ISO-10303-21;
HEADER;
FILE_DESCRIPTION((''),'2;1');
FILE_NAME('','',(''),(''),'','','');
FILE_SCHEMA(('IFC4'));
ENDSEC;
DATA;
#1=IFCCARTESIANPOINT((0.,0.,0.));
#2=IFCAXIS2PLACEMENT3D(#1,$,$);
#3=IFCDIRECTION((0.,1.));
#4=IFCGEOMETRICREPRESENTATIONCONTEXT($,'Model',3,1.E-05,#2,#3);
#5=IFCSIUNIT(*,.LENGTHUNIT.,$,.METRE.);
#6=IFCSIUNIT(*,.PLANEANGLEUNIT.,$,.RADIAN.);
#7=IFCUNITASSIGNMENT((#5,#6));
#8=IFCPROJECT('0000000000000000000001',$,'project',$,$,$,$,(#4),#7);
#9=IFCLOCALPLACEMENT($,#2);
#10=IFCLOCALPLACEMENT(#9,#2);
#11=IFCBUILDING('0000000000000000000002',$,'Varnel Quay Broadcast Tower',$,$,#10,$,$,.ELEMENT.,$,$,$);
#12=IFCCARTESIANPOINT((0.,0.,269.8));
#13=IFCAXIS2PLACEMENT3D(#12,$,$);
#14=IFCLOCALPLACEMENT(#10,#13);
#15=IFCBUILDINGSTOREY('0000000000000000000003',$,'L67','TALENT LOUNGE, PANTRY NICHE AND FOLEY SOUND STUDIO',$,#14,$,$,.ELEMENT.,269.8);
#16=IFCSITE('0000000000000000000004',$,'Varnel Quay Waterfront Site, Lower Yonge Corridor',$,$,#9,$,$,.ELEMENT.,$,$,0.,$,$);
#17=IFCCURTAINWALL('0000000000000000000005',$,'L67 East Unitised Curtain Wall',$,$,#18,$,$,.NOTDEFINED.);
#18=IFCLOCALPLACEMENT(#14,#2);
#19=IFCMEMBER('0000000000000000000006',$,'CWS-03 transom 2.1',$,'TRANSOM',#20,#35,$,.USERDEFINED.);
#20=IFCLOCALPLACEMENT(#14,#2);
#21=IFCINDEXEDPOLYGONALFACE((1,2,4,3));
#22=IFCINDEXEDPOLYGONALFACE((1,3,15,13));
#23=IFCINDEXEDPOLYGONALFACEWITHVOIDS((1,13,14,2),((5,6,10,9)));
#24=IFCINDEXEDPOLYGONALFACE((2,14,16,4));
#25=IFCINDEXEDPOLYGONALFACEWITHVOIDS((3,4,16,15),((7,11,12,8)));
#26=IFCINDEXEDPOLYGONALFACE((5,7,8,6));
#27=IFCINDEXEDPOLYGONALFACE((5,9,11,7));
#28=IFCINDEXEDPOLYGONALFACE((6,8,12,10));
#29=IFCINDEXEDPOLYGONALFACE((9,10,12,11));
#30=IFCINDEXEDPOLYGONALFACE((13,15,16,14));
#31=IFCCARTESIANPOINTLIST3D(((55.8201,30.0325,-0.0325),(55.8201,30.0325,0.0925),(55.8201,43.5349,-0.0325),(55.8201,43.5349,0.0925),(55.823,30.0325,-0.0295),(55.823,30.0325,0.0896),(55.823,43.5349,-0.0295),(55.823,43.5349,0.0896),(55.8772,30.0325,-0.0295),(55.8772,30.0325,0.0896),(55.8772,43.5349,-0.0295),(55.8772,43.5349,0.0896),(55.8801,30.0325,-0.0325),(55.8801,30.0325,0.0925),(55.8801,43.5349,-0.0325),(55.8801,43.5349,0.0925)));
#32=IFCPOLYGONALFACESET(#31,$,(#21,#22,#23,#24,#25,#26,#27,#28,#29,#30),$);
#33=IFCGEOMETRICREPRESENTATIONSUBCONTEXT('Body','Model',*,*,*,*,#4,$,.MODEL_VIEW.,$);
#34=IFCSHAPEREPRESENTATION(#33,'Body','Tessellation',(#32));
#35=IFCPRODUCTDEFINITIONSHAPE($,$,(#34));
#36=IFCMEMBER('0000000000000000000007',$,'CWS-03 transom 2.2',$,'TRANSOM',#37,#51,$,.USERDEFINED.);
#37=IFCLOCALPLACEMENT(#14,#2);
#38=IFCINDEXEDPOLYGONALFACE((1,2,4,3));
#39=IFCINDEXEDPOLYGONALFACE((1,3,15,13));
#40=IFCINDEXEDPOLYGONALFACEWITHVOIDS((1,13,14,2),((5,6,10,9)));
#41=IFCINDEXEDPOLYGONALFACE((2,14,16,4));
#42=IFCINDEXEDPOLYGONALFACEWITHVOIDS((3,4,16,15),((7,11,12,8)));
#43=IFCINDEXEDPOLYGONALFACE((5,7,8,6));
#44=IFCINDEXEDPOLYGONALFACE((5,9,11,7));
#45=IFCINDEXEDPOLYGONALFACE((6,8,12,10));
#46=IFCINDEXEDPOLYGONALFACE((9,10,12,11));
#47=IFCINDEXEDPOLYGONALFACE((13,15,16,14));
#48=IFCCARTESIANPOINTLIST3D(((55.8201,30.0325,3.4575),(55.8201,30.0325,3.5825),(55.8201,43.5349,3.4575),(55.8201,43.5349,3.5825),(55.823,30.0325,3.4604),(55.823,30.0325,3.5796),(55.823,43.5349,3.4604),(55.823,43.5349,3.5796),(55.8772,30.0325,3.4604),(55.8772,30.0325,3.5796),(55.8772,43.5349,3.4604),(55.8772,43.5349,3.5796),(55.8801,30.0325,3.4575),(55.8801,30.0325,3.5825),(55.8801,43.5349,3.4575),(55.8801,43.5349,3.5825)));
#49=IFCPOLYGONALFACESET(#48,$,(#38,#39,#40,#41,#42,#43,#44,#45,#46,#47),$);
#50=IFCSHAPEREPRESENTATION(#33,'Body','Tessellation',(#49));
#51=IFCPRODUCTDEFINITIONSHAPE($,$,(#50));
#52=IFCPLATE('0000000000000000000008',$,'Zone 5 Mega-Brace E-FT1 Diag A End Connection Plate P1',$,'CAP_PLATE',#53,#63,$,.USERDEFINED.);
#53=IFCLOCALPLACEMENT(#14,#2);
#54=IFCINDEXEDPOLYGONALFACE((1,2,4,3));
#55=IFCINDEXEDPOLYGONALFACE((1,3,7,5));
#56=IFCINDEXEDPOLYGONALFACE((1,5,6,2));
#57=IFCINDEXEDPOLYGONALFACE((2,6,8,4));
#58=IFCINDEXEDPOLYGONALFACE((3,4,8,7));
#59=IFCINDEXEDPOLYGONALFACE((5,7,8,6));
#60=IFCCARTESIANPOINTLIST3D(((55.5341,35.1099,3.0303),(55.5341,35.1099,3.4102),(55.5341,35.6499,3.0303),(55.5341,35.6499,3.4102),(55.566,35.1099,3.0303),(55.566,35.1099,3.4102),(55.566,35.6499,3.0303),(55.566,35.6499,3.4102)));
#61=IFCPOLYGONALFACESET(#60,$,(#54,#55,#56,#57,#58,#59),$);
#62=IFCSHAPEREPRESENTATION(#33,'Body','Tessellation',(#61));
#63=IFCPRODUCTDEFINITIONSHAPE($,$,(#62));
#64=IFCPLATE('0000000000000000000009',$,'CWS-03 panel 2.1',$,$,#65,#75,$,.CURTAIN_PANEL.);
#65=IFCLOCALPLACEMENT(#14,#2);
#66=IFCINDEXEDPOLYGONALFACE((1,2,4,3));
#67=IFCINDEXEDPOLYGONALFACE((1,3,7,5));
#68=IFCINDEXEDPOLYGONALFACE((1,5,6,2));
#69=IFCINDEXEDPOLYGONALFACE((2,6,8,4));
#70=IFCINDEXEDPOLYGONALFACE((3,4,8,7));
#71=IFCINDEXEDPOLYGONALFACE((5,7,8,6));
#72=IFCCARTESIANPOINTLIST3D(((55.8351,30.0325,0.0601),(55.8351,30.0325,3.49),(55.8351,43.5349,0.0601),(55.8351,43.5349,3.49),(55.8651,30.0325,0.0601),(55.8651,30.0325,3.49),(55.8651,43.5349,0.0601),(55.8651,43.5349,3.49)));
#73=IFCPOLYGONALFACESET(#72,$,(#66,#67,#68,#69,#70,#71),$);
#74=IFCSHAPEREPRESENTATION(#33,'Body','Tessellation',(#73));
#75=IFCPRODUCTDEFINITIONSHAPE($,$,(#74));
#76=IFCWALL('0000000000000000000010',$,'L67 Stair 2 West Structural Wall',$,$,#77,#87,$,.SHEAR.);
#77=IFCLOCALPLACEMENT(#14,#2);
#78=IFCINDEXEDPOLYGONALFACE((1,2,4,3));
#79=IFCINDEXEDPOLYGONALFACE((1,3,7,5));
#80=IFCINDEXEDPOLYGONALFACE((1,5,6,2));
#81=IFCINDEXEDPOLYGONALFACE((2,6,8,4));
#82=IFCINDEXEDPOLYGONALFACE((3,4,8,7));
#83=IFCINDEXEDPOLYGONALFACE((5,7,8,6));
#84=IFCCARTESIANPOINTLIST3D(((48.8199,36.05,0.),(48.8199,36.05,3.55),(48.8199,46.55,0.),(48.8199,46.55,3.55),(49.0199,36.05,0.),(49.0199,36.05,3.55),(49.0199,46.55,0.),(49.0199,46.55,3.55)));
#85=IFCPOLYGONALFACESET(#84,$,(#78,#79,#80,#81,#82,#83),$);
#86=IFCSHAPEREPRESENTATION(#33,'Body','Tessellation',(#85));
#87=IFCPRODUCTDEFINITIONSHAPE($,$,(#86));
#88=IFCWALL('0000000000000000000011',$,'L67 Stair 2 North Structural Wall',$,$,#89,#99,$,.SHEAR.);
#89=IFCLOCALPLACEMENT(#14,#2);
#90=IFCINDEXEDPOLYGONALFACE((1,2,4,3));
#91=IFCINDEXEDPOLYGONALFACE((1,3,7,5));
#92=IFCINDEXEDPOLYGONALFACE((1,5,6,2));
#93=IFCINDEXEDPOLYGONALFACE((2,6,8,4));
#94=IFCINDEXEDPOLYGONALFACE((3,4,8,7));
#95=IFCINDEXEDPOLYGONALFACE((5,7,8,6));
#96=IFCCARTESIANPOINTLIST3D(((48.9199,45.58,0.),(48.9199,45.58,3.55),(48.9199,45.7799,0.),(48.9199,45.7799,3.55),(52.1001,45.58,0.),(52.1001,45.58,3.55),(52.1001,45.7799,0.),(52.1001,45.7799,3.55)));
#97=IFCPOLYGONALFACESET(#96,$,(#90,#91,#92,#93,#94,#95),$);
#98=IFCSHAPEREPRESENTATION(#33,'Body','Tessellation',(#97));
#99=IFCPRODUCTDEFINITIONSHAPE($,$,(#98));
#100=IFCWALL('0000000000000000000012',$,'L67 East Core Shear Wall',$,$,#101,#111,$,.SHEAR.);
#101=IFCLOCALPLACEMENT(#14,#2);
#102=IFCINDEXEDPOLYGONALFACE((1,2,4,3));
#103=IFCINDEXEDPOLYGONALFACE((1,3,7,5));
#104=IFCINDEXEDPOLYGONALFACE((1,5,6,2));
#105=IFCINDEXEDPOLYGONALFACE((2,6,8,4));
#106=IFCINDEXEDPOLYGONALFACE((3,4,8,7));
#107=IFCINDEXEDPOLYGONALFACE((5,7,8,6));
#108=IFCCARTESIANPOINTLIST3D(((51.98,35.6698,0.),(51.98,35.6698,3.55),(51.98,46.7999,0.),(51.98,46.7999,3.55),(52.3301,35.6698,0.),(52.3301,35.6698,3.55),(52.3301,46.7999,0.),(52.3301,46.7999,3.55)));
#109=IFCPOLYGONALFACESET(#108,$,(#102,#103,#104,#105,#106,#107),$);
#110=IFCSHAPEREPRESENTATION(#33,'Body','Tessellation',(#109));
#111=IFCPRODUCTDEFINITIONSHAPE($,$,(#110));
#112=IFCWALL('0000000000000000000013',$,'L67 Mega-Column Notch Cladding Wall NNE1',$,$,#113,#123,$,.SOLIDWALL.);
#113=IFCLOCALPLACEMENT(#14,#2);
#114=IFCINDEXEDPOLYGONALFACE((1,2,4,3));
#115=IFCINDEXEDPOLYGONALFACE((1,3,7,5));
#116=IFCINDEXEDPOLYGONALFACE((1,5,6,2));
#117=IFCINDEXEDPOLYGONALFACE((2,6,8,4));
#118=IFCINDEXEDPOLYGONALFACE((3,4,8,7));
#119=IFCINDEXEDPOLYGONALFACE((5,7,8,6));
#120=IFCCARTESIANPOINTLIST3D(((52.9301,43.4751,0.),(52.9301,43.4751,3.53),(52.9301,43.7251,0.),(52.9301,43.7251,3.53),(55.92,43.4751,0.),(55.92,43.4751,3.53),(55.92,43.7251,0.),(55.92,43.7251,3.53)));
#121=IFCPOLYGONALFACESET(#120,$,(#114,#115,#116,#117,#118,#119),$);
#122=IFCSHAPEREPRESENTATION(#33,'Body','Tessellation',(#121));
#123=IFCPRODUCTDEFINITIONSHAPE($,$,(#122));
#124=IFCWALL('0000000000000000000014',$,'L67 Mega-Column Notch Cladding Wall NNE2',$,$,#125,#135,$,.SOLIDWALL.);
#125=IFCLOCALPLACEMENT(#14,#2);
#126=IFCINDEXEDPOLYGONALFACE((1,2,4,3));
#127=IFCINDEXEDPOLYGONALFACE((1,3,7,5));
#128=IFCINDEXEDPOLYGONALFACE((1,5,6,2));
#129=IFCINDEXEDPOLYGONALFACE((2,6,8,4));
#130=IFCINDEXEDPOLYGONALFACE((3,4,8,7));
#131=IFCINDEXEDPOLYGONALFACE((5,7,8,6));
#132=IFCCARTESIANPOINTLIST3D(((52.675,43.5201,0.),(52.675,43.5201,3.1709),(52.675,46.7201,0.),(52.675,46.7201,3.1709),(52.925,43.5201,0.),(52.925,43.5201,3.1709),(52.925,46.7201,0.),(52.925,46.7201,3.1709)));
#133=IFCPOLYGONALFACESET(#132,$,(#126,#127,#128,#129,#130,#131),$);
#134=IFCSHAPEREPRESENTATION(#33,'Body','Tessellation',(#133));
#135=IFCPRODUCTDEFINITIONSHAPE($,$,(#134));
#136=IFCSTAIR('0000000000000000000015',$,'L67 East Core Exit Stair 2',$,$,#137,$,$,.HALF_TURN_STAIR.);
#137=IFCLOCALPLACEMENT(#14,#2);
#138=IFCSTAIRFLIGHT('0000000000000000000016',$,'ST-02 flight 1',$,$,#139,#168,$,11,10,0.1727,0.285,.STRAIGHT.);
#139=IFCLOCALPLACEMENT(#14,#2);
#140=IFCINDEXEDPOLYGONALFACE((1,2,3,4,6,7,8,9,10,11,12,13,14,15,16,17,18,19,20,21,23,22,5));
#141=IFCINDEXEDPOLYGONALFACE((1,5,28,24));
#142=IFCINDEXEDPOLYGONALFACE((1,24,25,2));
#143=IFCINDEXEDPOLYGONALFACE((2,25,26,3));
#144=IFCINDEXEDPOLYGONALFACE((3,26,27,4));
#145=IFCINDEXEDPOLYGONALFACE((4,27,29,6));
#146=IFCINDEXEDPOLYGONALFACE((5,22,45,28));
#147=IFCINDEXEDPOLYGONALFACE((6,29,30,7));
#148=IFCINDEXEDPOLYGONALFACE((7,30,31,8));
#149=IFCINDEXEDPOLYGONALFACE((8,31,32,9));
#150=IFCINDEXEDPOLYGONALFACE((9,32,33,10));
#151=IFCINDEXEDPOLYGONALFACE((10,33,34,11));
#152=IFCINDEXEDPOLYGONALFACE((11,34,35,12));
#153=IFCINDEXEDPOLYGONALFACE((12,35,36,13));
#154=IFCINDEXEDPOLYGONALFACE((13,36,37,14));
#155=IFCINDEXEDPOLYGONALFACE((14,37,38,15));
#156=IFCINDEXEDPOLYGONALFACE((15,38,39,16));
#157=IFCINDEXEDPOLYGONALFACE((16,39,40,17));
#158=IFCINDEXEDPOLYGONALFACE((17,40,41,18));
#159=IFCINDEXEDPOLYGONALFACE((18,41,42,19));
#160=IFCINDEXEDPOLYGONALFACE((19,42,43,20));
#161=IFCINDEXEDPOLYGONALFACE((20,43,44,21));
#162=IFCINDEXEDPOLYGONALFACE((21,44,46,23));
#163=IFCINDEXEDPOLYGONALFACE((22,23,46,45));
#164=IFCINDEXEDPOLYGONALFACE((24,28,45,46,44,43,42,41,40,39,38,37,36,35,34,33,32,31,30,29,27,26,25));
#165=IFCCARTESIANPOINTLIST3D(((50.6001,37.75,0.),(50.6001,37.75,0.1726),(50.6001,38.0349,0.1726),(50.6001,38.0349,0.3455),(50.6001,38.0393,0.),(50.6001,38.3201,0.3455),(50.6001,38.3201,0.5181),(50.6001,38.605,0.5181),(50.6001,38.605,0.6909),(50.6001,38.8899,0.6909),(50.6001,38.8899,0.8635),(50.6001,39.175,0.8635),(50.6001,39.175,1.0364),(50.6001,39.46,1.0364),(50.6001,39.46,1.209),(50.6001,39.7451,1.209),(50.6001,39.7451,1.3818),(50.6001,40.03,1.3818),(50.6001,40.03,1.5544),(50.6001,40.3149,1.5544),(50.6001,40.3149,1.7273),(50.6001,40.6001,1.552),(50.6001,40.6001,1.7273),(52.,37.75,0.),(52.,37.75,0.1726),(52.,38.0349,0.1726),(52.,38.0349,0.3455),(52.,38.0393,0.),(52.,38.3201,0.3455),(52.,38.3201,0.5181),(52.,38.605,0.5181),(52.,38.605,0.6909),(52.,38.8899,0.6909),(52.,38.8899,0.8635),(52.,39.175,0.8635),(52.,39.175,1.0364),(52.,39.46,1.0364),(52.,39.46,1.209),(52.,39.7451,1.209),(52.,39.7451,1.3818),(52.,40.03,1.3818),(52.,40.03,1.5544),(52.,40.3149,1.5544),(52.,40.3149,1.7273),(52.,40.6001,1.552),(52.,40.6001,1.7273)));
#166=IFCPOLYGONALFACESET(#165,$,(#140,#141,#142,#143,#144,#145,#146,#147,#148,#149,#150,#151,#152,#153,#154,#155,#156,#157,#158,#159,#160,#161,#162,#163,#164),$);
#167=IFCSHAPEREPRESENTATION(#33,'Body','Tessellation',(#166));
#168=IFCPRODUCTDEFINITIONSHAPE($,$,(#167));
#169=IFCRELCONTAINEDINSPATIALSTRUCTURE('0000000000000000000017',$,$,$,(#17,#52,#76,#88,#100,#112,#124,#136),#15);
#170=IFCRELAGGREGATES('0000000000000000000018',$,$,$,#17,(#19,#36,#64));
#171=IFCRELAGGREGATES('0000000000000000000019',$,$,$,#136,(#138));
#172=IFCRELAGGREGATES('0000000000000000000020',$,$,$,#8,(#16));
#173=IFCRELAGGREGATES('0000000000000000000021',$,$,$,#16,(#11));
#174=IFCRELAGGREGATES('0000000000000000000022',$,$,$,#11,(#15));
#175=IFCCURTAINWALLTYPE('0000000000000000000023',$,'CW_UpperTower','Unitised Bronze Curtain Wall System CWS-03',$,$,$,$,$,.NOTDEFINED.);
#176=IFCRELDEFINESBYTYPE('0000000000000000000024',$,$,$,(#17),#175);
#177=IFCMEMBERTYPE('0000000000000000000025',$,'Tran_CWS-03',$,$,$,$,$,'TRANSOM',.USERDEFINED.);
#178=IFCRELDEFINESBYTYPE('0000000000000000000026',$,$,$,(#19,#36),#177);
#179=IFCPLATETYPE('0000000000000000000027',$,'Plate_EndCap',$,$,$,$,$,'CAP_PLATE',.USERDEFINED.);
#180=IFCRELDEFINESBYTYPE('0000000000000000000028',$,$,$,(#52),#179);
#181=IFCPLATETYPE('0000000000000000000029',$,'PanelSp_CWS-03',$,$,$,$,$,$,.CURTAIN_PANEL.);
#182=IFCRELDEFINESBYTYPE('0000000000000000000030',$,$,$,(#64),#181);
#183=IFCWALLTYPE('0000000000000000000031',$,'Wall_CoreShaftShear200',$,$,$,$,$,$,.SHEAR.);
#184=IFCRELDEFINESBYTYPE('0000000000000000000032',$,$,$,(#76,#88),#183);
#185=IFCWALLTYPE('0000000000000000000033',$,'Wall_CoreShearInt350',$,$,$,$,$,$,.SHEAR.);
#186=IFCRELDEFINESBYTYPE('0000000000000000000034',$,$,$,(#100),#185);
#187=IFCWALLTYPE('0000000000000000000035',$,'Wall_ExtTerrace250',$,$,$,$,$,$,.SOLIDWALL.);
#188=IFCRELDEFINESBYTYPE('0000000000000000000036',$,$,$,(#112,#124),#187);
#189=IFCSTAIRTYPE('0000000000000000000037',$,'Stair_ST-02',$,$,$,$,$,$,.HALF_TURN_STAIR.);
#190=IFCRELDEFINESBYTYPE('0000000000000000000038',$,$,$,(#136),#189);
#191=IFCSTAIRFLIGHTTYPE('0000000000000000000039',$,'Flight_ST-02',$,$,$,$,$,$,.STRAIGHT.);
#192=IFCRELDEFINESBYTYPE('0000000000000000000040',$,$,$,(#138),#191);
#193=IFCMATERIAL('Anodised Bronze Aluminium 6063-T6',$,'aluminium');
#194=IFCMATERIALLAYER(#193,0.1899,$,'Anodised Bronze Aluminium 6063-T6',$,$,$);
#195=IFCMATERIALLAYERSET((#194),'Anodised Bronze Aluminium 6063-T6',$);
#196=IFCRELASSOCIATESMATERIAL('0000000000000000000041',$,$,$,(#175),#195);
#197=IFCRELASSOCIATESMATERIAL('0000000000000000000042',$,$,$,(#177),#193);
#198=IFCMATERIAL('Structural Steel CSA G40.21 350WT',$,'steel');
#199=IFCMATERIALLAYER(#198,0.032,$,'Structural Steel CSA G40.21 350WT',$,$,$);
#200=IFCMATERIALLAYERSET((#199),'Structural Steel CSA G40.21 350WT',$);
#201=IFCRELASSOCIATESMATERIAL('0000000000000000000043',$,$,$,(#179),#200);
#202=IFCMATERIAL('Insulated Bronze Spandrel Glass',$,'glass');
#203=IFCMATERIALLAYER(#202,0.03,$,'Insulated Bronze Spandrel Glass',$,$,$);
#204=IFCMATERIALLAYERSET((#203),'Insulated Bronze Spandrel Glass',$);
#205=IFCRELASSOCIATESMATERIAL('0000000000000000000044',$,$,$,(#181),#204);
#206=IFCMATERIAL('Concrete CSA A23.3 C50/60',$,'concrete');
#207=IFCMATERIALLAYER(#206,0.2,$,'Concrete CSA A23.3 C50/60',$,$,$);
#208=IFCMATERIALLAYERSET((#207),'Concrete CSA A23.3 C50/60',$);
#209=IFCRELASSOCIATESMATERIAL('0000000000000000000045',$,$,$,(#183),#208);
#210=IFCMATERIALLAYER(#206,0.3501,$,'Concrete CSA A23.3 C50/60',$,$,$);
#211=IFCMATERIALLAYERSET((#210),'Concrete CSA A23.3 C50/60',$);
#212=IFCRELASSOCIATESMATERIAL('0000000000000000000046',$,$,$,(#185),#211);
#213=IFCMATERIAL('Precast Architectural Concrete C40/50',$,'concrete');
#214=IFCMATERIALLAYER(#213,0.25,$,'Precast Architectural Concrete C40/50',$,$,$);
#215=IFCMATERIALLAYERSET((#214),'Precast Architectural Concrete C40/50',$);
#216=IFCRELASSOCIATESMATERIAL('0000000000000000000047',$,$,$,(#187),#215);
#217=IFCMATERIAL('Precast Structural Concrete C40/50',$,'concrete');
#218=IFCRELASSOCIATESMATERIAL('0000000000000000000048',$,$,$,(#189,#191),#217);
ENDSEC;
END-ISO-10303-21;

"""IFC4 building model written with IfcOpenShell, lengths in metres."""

from ifc_helpers import new_model, si_unit, direction, frame, frame_2d, origin, origin_2d, place, context, subcontext, project, spatial, polyline, rectangle, hollow_rectangle, outline, extrude, source, transform, mapped, material, layer, layer_set, material_profile, profile_set, type_object, type_shapes, element, aggregate, save


model = new_model("IFC4")

# Units and contexts
model_context = context("Model", 3, precision=1e-05, world=origin(), true_north=direction((0.0, 1.0)))
body_context = subcontext(model_context, "Body", "Model", "MODEL_VIEW")
ifc_project = project(units=[si_unit("LENGTHUNIT", "METRE"), si_unit("PLANEANGLEUNIT", "RADIAN")], contexts=[model_context])

# Site, building, storey
site_placement = place(None, origin())
site = spatial("IfcSite", under=ifc_project, at=site_placement, Name="Varnel Quay Waterfront Site, Lower Yonge Corridor", CompositionType="ELEMENT", RefElevation=0.0)
building_placement = place(site_placement, origin())
building = spatial("IfcBuilding", under=site, at=building_placement, Name="Varnel Quay Broadcast Tower", CompositionType="ELEMENT")
storey_placement = place(building_placement, frame((0.0, 0.0, 269.8)))
storey = spatial("IfcBuildingStorey", under=building, at=storey_placement, Name="L67", Description="TALENT LOUNGE, PANTRY NICHE AND FOLEY SOUND STUDIO", CompositionType="ELEMENT", Elevation=269.8)

# Shared definitions
ifc_material_1 = material(Name="Structural Steel CSA G40.21 350WT", Category="steel")

# Curtain wall, members
ifc_material_2 = material(Name="Anodised Bronze Aluminium 6063-T6", Category="aluminium")
ifc_layer_1 = layer(ifc_material_2, 0.1899, Name="Anodised Bronze Aluminium 6063-T6")
ifc_layer_set_1 = layer_set([ifc_layer_1], Name="Anodised Bronze Aluminium 6063-T6")
curtain_wall_type = type_object("IfcCurtainWallType", Name="CW_UpperTower", Description="Unitised Bronze Curtain Wall System CWS-03", PredefinedType="NOTDEFINED", material=ifc_layer_set_1)
curtain_wall_placement = place(storey_placement, origin())
curtain_wall = element("IfcCurtainWall", 1, at=curtain_wall_placement, inside=storey, type_object=curtain_wall_type, Name="L67 East Unitised Curtain Wall", PredefinedType="NOTDEFINED")
ifc_material_profile_1 = material_profile(ifc_material_2, hollow_rectangle(XDim=0.0601, YDim=0.125, WallThickness=0.0029, at=origin_2d()), Name="ALU60X125X3")
ifc_profile_set_1 = profile_set([ifc_material_profile_1], Name="Anodised Bronze Aluminium 6063-T6")
member_type_1 = type_object("IfcMemberType", Name="Tran_CWS-03", ElementType="TRANSOM", PredefinedType="USERDEFINED", material=ifc_profile_set_1)
shared_shape_1 = source(origin(), body_context, "Body", "SweptSolid", [
    extrude(hollow_rectangle(XDim=0.0601, YDim=0.125, WallThickness=0.0029, at=origin_2d()), origin(), (0.0, 0.0, 1.0), 13.5024),
])
type_shapes(member_type_1, [shared_shape_1])
member_1_placement = place(storey_placement, frame((55.8501, 30.0325, 0.03), z_axis=(0.0, 1.0, 0.0), x_axis=(-1.0, 0.0, 0.0)))
member_1 = element("IfcMember", 2, at=member_1_placement, type_object=member_type_1, Name="CWS-03 transom 2.1", ObjectType="TRANSOM", PredefinedType="USERDEFINED", context=body_context, shape_type="MappedRepresentation", body=[
    mapped(shared_shape_1, transform((0.0, 0.0, 0.0), x_axis=(1.0, 0.0, 0.0), y_axis=(0.0, 1.0, 0.0), z_axis=(0.0, 0.0, 1.0), scale=1.0)),
])
member_2_placement = place(storey_placement, frame((55.8501, 30.0325, 3.52), z_axis=(0.0, 1.0, 0.0), x_axis=(-1.0, 0.0, 0.0)))
member_2 = element("IfcMember", 3, at=member_2_placement, type_object=member_type_1, Name="CWS-03 transom 2.2", ObjectType="TRANSOM", PredefinedType="USERDEFINED", context=body_context, shape_type="MappedRepresentation", body=[
    mapped(shared_shape_1, transform((0.0, 0.0, 0.0), x_axis=(1.0, 0.0, 0.0), y_axis=(0.0, 1.0, 0.0), z_axis=(0.0, 0.0, 1.0), scale=1.0)),
])

# Plates
ifc_layer_2 = layer(ifc_material_1, 0.032, Name="Structural Steel CSA G40.21 350WT")
ifc_layer_set_2 = layer_set([ifc_layer_2], Name="Structural Steel CSA G40.21 350WT")
plate_type_1 = type_object("IfcPlateType", Name="Plate_EndCap", ElementType="CAP_PLATE", PredefinedType="USERDEFINED", material=ifc_layer_set_2)
shared_shape_2 = source(origin(), body_context, "Body", "SweptSolid", [
    extrude(rectangle(XDim=0.54, YDim=0.032, at=origin_2d()), origin(), (0.0, 0.0, 1.0), 0.3799),
])
type_shapes(plate_type_1, [shared_shape_2])
plate_1_placement = place(storey_placement, frame((55.55, 35.3799, 3.0303), z_axis=(0.0, 0.0, 1.0), x_axis=(0.0, 1.0, 0.0)))
element("IfcPlate", 4, at=plate_1_placement, inside=storey, type_object=plate_type_1, Name="Zone 5 Mega-Brace E-FT1 Diag A End Connection Plate P1", ObjectType="CAP_PLATE", PredefinedType="USERDEFINED", context=body_context, shape_type="MappedRepresentation", body=[
    mapped(shared_shape_2, transform((0.0, 0.0, 0.0), x_axis=(1.0, 0.0, 0.0), y_axis=(0.0, 1.0, 0.0), z_axis=(0.0, 0.0, 1.0), scale=1.0)),
])
ifc_material_3 = material(Name="Insulated Bronze Spandrel Glass", Category="glass")
ifc_layer_3 = layer(ifc_material_3, 0.03, Name="Insulated Bronze Spandrel Glass")
ifc_layer_set_3 = layer_set([ifc_layer_3], Name="Insulated Bronze Spandrel Glass")
plate_type_2 = type_object("IfcPlateType", Name="PanelSp_CWS-03", PredefinedType="CURTAIN_PANEL", material=ifc_layer_set_3)
shared_shape_3 = source(origin(), body_context, "Body", "SweptSolid", [
    extrude(rectangle(XDim=13.5024, YDim=0.03, at=origin_2d()), origin(), (0.0, 0.0, 1.0), 3.4299),
])
type_shapes(plate_type_2, [shared_shape_3])
plate_2_placement = place(storey_placement, frame((55.8501, 36.7837, 0.0601), z_axis=(0.0, 0.0, 1.0), x_axis=(0.0, 1.0, 0.0)))
plate_2 = element("IfcPlate", 5, at=plate_2_placement, type_object=plate_type_2, Name="CWS-03 panel 2.1", PredefinedType="CURTAIN_PANEL", context=body_context, shape_type="MappedRepresentation", body=[
    mapped(shared_shape_3, transform((0.0, 0.0, 0.0), x_axis=(1.0, 0.0, 0.0), y_axis=(0.0, 1.0, 0.0), z_axis=(0.0, 0.0, 1.0), scale=1.0)),
])
aggregate(curtain_wall, [member_1, member_2, plate_2])

# Walls
ifc_material_4 = material(Name="Concrete CSA A23.3 C50/60", Category="concrete")
ifc_layer_4 = layer(ifc_material_4, 0.2, Name="Concrete CSA A23.3 C50/60")
ifc_layer_set_4 = layer_set([ifc_layer_4], Name="Concrete CSA A23.3 C50/60")
wall_type_1 = type_object("IfcWallType", Name="Wall_CoreShaftShear200", PredefinedType="SHEAR", material=ifc_layer_set_4)
wall_1_placement = place(storey_placement, frame((48.9199, 36.05, 0.0), z_axis=(0.0, 0.0, 1.0), x_axis=(0.0, 1.0, 0.0)))
element("IfcWall", 6, at=wall_1_placement, inside=storey, type_object=wall_type_1, Name="L67 Stair 2 West Structural Wall", PredefinedType="SHEAR", context=body_context, shape_type="SweptSolid", body=[
    extrude(rectangle(XDim=10.5, YDim=0.2, at=frame_2d((5.25, 0.0))), origin(), (0.0, 0.0, 1.0), 3.55),
])
wall_2_placement = place(storey_placement, frame((48.9199, 45.6799, 0.0), z_axis=(0.0, 0.0, 1.0), x_axis=(1.0, 0.0, 0.0)))
element("IfcWall", 7, at=wall_2_placement, inside=storey, type_object=wall_type_1, Name="L67 Stair 2 North Structural Wall", PredefinedType="SHEAR", context=body_context, shape_type="SweptSolid", body=[
    extrude(rectangle(XDim=3.1802, YDim=0.2, at=frame_2d((1.5901, 0.0))), origin(), (0.0, 0.0, 1.0), 3.55),
])
ifc_layer_5 = layer(ifc_material_4, 0.3501, Name="Concrete CSA A23.3 C50/60")
ifc_layer_set_5 = layer_set([ifc_layer_5], Name="Concrete CSA A23.3 C50/60")
wall_type_2 = type_object("IfcWallType", Name="Wall_CoreShearInt350", PredefinedType="SHEAR", material=ifc_layer_set_5)
wall_3_placement = place(storey_placement, frame((52.155, 35.6699, 0.0), z_axis=(0.0, 0.0, 1.0), x_axis=(0.0, 1.0, 0.0)))
element("IfcWall", 8, at=wall_3_placement, inside=storey, type_object=wall_type_2, Name="L67 East Core Shear Wall", PredefinedType="SHEAR", context=body_context, shape_type="SweptSolid", body=[
    extrude(rectangle(XDim=11.1301, YDim=0.3501, at=frame_2d((5.5649, 0.0))), origin(), (0.0, 0.0, 1.0), 3.55),
])
ifc_material_5 = material(Name="Precast Architectural Concrete C40/50", Category="concrete")
ifc_layer_6 = layer(ifc_material_5, 0.25, Name="Precast Architectural Concrete C40/50")
ifc_layer_set_6 = layer_set([ifc_layer_6], Name="Precast Architectural Concrete C40/50")
wall_type_3 = type_object("IfcWallType", Name="Wall_ExtTerrace250", PredefinedType="SOLIDWALL", material=ifc_layer_set_6)
wall_4_placement = place(storey_placement, frame((52.9299, 43.6001, 0.0), z_axis=(0.0, 0.0, 1.0), x_axis=(1.0, 0.0, 0.0)))
element("IfcWall", 9, at=wall_4_placement, inside=storey, type_object=wall_type_3, Name="L67 Mega-Column Notch Cladding Wall NNE1", PredefinedType="SOLIDWALL", context=body_context, shape_type="SweptSolid", body=[
    extrude(rectangle(XDim=2.99, YDim=0.25, at=frame_2d((1.4951, 0.0))), origin(), (0.0, 0.0, 1.0), 3.53),
])
wall_5_placement = place(storey_placement, frame((52.8, 43.52, 0.0), z_axis=(0.0, 0.0, 1.0), x_axis=(0.0, 1.0, 0.0)))
element("IfcWall", 10, at=wall_5_placement, inside=storey, type_object=wall_type_3, Name="L67 Mega-Column Notch Cladding Wall NNE2", PredefinedType="SOLIDWALL", context=body_context, shape_type="SweptSolid", body=[
    extrude(rectangle(XDim=3.2, YDim=0.25, at=frame_2d((1.6001, 0.0))), origin(), (0.0, 0.0, 1.0), 3.1709),
])

# Stair, stair flight
ifc_material_6 = material(Name="Precast Structural Concrete C40/50", Category="concrete")
stair_type = type_object("IfcStairType", Name="Stair_ST-02", PredefinedType="HALF_TURN_STAIR", material=ifc_material_6)
stair_placement = place(storey_placement, origin())
stair = element("IfcStair", 11, at=stair_placement, inside=storey, type_object=stair_type, Name="L67 East Core Exit Stair 2", PredefinedType="HALF_TURN_STAIR")
stair_flight_type = type_object("IfcStairFlightType", Name="Flight_ST-02", PredefinedType="STRAIGHT", material=ifc_material_6)
stair_flight_1_placement = place(storey_placement, frame((51.3, 37.75, 0.0), z_axis=(0.0, 0.0, 1.0), x_axis=(0.0, 1.0, 0.0)))
stair_flight_1 = element("IfcStairFlight", 12, at=stair_flight_1_placement, type_object=stair_flight_type, Name="ST-02 flight 1", NumberOfRisers=11, NumberOfTreads=10, PredefinedType="STRAIGHT", RiserHeight=0.1727, TreadLength=0.285, context=body_context, shape_type="SweptSolid", body=[
    extrude(outline(polyline([(0.0, 0.0), (0.0, 0.1726), (0.2849, 0.1726), (0.2849, 0.3455), (0.5701, 0.3455), (0.5701, 0.5181), (0.855, 0.5181), (0.855, 0.6909), (1.1399, 0.6909), (1.1399, 0.8635), (1.425, 0.8635), (1.425, 1.0364), (1.71, 1.0364), (1.71, 1.209), (1.9951, 1.209), (1.9951, 1.3818), (2.28, 1.3818), (2.28, 1.5544), (2.5649, 1.5544), (2.5649, 1.7273), (2.8501, 1.7273), (2.8501, 1.8999), (2.8501, 1.552), (0.2893, 0.0), (0.0, 0.0)])), frame((0.0, 0.7, 0.0), z_axis=(0.0, -1.0, 0.0), x_axis=(1.0, 0.0, 0.0)), (0.0, 0.0, 1.0), 1.3999),
])
aggregate(stair, [stair_flight_1])

save(model, "model.ifc")
